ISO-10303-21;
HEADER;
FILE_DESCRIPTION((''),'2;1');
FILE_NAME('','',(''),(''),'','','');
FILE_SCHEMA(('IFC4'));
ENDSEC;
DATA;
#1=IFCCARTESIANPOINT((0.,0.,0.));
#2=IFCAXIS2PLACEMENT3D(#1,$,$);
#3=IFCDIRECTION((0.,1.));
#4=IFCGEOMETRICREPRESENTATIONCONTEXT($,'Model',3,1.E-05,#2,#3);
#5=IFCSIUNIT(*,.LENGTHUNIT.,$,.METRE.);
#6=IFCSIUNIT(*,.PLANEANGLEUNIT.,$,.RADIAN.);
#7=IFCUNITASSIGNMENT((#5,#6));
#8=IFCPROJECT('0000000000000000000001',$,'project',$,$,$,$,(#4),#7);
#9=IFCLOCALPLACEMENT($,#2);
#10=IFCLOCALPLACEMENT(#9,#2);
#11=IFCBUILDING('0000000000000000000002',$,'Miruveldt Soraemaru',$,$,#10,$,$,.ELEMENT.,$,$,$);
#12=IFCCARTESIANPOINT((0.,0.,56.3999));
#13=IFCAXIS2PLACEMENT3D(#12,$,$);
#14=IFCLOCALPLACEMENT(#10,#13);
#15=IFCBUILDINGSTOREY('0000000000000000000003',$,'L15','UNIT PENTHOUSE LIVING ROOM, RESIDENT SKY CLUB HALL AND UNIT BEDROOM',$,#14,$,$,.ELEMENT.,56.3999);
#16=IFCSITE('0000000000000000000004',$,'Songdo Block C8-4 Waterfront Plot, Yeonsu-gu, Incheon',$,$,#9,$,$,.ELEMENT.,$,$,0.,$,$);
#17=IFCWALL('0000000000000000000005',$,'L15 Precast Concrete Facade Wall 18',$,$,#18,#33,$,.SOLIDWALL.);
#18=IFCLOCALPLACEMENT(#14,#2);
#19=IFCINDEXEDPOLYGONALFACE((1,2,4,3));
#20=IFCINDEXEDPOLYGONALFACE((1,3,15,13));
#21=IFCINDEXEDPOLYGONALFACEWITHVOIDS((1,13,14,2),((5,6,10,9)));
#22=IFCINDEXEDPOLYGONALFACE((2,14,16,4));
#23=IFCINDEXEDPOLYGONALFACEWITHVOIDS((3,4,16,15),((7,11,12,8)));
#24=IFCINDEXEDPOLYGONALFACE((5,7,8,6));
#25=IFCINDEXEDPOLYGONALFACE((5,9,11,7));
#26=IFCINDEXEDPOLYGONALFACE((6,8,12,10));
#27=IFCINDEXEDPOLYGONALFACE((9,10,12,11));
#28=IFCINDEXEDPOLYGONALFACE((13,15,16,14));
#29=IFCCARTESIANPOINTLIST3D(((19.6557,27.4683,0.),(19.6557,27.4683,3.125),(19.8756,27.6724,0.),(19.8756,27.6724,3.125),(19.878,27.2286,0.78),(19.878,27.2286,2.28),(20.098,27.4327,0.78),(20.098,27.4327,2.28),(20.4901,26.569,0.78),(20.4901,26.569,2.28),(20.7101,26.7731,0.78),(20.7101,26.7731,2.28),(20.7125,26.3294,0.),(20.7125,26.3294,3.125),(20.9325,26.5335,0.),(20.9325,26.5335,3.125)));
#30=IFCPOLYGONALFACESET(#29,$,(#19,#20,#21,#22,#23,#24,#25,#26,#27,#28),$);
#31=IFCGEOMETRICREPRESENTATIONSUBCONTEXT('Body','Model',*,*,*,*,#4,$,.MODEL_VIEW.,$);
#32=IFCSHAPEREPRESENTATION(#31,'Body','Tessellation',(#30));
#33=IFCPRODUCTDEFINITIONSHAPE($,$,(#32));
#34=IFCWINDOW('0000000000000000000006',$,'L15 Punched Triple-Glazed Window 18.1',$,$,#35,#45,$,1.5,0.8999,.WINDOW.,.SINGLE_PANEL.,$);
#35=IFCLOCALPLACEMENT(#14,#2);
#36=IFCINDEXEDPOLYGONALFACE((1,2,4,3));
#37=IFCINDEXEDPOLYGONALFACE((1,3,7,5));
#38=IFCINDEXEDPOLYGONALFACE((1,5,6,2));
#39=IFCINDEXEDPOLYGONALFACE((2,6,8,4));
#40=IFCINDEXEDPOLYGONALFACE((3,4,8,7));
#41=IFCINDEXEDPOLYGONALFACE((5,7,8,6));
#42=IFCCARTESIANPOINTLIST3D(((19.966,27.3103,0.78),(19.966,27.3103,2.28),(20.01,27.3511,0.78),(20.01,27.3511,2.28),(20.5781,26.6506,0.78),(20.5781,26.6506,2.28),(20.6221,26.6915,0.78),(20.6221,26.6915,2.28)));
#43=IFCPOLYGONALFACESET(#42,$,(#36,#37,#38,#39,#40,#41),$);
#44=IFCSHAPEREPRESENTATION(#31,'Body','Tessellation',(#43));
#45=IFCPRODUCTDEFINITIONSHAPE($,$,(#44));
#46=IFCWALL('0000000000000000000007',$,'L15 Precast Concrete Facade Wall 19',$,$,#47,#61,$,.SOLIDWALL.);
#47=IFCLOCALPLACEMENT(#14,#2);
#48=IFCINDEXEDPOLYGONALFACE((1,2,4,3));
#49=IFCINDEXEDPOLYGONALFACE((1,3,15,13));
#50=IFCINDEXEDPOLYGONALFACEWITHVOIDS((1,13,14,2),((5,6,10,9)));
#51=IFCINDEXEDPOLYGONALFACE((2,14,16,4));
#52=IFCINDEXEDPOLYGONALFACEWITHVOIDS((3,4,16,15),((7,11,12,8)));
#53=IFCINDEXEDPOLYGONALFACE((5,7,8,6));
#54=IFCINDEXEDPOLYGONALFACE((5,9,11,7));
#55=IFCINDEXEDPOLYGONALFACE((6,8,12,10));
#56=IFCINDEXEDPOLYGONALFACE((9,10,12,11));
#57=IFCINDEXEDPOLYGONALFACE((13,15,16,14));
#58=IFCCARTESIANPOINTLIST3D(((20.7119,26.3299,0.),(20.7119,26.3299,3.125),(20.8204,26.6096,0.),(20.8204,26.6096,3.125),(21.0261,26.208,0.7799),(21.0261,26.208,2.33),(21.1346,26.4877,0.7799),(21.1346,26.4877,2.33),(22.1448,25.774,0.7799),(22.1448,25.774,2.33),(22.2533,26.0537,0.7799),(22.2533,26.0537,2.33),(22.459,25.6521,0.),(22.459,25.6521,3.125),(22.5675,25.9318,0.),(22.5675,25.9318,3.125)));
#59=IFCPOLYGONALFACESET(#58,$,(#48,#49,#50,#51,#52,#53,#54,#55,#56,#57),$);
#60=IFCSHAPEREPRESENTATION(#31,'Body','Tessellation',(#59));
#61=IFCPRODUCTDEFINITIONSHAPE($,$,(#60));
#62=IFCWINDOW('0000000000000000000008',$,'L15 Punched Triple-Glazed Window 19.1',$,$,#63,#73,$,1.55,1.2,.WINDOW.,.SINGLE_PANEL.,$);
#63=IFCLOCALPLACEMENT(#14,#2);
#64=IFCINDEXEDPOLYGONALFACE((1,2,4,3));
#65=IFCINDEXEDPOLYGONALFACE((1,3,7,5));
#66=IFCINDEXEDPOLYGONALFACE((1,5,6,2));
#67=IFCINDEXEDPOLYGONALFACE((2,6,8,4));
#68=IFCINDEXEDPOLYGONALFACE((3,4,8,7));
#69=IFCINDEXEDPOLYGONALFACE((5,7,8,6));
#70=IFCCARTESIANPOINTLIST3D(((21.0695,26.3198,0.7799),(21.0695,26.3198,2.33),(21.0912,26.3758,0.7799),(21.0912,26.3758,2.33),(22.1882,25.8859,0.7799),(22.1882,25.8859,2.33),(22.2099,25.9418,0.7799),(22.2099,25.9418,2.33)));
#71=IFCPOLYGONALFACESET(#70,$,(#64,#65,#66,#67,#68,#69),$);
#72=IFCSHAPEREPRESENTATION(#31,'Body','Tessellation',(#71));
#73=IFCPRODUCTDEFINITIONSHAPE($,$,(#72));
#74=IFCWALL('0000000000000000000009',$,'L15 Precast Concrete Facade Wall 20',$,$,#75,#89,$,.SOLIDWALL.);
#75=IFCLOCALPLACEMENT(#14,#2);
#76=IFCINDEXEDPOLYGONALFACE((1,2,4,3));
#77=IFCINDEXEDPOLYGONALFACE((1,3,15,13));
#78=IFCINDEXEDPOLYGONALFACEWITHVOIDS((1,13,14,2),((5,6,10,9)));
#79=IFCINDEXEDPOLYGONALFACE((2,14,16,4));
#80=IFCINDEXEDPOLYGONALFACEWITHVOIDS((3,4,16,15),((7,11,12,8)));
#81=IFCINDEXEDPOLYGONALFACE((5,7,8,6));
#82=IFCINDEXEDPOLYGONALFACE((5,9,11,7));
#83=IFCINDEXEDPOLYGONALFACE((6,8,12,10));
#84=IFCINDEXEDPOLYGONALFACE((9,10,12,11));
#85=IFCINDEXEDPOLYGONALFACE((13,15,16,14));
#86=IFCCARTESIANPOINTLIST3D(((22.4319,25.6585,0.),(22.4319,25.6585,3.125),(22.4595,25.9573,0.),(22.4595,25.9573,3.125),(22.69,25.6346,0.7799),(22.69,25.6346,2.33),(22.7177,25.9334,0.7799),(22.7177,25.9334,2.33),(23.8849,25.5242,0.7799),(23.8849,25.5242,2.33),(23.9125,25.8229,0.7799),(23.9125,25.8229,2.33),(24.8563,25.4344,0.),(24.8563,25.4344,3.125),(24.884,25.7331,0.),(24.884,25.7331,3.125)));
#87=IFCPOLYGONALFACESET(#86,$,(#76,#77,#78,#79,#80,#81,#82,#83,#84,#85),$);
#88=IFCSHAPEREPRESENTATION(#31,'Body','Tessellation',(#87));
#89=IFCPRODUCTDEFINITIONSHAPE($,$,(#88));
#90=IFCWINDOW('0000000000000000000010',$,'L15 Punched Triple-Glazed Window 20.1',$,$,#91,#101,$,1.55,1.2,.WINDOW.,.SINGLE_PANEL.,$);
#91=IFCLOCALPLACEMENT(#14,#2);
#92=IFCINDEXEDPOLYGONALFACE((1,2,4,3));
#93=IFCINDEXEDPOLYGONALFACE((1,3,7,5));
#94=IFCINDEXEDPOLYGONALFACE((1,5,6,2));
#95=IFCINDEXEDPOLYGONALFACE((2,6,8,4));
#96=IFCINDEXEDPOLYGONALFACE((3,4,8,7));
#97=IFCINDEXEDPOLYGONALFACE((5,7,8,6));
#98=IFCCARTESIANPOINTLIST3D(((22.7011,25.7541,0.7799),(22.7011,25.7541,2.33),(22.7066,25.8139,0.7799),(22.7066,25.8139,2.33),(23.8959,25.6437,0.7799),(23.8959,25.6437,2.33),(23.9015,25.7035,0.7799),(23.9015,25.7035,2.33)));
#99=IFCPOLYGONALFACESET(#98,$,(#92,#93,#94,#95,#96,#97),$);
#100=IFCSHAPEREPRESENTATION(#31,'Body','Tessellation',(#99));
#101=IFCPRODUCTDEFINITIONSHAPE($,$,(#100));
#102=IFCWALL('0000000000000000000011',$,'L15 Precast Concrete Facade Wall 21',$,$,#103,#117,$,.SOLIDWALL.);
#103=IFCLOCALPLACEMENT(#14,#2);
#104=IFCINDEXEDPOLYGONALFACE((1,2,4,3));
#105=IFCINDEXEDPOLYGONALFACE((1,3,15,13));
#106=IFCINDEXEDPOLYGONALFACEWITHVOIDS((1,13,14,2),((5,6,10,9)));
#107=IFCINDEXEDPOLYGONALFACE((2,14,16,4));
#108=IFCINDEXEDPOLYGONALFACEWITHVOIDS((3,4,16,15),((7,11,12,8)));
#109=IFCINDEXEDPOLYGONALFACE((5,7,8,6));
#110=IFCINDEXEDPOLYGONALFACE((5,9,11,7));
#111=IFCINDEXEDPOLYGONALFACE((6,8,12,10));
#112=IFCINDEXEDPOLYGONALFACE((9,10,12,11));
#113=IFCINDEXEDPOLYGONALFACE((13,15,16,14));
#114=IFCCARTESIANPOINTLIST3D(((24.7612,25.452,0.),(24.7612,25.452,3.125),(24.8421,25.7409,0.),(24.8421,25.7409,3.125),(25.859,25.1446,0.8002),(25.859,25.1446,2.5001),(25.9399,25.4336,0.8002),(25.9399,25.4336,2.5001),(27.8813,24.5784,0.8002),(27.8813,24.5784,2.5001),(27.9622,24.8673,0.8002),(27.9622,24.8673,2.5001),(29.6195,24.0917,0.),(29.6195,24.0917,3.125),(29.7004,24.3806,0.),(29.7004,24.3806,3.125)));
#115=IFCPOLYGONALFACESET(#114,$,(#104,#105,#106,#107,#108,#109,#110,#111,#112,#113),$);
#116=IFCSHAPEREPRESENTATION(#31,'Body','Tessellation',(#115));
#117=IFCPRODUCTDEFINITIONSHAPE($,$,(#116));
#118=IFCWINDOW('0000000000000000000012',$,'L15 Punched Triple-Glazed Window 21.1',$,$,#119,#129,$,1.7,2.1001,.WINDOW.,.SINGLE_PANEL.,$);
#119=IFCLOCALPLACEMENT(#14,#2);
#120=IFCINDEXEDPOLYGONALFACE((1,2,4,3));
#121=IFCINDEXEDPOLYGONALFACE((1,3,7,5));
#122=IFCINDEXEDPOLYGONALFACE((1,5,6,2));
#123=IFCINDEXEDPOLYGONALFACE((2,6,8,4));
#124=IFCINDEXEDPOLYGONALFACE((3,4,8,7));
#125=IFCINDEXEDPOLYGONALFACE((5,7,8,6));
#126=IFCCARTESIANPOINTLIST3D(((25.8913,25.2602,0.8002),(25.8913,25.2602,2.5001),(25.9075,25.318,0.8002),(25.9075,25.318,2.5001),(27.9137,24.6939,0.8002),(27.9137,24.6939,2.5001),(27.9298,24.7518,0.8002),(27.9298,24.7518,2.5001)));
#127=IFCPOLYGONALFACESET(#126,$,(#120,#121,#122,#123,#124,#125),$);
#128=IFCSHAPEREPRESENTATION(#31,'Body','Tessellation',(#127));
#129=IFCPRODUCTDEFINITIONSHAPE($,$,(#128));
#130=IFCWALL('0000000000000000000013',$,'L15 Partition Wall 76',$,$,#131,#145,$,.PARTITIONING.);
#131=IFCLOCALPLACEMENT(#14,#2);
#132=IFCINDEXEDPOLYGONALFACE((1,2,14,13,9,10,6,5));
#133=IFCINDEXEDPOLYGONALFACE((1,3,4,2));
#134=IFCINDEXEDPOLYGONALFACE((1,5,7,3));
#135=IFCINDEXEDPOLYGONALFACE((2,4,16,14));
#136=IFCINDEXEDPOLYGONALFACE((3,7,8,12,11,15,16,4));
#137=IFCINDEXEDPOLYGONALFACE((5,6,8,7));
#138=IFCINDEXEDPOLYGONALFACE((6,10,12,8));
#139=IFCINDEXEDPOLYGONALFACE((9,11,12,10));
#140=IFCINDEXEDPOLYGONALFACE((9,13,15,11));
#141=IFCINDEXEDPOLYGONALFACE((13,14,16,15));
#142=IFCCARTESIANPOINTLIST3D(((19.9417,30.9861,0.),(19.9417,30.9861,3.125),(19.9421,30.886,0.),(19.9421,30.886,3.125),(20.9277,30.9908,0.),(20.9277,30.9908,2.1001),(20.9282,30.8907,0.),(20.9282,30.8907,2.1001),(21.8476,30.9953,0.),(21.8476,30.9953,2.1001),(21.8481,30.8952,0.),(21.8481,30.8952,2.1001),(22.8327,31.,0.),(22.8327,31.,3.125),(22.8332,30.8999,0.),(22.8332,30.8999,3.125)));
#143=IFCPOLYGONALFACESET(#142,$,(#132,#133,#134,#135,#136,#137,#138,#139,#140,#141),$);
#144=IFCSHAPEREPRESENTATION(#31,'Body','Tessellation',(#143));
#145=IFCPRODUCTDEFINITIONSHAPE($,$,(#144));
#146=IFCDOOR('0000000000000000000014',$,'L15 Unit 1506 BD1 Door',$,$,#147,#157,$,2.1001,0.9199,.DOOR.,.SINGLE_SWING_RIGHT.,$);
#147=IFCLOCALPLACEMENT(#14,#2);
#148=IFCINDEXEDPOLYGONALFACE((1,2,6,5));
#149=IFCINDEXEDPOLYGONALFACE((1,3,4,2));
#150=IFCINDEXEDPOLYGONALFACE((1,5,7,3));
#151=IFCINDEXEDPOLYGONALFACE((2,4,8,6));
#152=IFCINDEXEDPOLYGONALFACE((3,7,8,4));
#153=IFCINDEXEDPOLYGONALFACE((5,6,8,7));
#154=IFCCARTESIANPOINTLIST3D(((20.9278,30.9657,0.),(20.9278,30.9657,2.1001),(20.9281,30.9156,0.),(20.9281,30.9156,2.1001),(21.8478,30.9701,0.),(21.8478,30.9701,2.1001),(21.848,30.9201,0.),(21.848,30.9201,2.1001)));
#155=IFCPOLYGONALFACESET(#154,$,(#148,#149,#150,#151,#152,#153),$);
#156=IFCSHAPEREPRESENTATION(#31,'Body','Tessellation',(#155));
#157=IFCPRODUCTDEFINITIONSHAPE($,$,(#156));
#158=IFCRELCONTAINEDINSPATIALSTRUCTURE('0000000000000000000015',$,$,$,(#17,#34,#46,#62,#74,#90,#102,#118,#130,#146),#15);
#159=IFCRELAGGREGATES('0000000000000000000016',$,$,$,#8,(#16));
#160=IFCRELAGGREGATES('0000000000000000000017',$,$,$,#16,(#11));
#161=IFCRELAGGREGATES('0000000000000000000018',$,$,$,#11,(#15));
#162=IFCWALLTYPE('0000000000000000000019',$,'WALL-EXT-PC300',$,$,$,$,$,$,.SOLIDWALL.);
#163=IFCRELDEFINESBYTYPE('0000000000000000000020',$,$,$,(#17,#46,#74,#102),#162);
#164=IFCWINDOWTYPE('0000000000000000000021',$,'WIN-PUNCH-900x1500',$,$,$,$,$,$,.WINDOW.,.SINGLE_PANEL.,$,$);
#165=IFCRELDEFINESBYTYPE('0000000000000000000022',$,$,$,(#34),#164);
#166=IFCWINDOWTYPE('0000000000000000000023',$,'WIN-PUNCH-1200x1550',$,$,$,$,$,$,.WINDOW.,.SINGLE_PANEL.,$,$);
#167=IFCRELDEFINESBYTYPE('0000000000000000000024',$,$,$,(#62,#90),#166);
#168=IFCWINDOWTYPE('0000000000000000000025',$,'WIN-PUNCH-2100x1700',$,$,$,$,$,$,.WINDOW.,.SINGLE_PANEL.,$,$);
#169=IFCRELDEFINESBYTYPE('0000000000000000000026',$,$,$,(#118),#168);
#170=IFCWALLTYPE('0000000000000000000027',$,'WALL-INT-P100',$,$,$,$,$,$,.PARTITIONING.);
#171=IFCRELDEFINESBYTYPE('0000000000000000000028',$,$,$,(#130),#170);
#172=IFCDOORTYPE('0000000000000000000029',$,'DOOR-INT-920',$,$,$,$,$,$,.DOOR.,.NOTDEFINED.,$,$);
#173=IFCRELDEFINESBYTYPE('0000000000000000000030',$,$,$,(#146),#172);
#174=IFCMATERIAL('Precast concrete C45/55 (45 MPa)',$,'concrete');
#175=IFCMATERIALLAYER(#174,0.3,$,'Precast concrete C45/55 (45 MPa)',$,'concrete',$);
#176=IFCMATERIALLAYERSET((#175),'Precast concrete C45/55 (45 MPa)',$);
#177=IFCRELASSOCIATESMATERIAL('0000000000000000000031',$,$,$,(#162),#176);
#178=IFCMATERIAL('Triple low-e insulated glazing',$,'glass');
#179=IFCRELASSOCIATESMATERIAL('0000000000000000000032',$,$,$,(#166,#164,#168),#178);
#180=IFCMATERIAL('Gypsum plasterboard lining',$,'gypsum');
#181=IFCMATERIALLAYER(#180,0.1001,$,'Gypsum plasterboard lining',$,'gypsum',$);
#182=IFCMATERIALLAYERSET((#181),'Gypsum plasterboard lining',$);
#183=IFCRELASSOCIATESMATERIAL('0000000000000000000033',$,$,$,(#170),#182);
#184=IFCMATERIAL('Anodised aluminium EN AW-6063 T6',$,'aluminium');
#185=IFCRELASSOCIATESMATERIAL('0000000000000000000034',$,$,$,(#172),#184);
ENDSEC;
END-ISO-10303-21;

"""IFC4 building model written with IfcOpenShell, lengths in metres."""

from ifc_helpers import new_model, si_unit, direction, frame, frame_2d, origin, place, context, subcontext, project, spatial, rectangle, extrude, material, layer, layer_set, type_object, element, fill, save


model = new_model("IFC4")

# Units and contexts
model_context = context("Model", 3, precision=1e-05, world=origin(), true_north=direction((0.0, 1.0)))
body_context = subcontext(model_context, "Body", "Model", "MODEL_VIEW")
ifc_project = project(units=[si_unit("LENGTHUNIT", "METRE"), si_unit("PLANEANGLEUNIT", "RADIAN")], contexts=[model_context])

# Site, building, storey
site_placement = place(None, origin())
site = spatial("IfcSite", under=ifc_project, at=site_placement, Name="Songdo Block C8-4 Waterfront Plot, Yeonsu-gu, Incheon", CompositionType="ELEMENT", RefElevation=0.0)
building_placement = place(site_placement, origin())
building = spatial("IfcBuilding", under=site, at=building_placement, Name="Miruveldt Soraemaru", CompositionType="ELEMENT")
storey_placement = place(building_placement, frame((0.0, 0.0, 56.3999)))
storey = spatial("IfcBuildingStorey", under=building, at=storey_placement, Name="L15", Description="UNIT PENTHOUSE LIVING ROOM, RESIDENT SKY CLUB HALL AND UNIT BEDROOM", CompositionType="ELEMENT", Elevation=56.3999)

# Walls, openings, windows
ifc_material_1 = material(Name="Precast concrete C45/55 (45 MPa)", Category="concrete")
ifc_layer_1 = layer(ifc_material_1, 0.3, Name="Precast concrete C45/55 (45 MPa)", Category="concrete")
ifc_layer_set_1 = layer_set([ifc_layer_1], Name="Precast concrete C45/55 (45 MPa)")
wall_type_1 = type_object("IfcWallType", Name="WALL-EXT-PC300", PredefinedType="SOLIDWALL", material=ifc_layer_set_1)
ifc_material_2 = material(Name="Triple low-e insulated glazing", Category="glass")
window_type_1 = type_object("IfcWindowType", Name="WIN-PUNCH-1200x1550", PartitioningType="SINGLE_PANEL", PredefinedType="WINDOW", material=ifc_material_2)
wall_1_placement = place(storey_placement, frame((19.7656, 27.5703, 0.0), z_axis=(0.0, 0.0, 1.0), x_axis=(0.680216, -0.733012, 0.0)))
wall_1 = element("IfcWall", 1, at=wall_1_placement, inside=storey, type_object=wall_type_1, Name="L15 Precast Concrete Facade Wall 18", PredefinedType="SOLIDWALL", context=body_context, shape_type="SweptSolid", body=[
    extrude(rectangle(XDim=1.5537, YDim=0.3, at=frame_2d((0.7769, 0.0))), origin(), (0.0, 0.0, 1.0), 3.125),
])
opening_1_placement = place(wall_1_placement, frame((0.3269, 0.0, 0.78)))
opening_1 = element("IfcOpeningElement", 2, at=opening_1_placement, cuts=wall_1, PredefinedType="OPENING", context=body_context, shape_type="SweptSolid", body=[
    extrude(rectangle(XDim=0.8999, YDim=1.5, at=frame_2d((0.45, 0.75))), frame((0.0, 0.1602, 0.0), z_axis=(0.0, -1.0, 0.0), x_axis=(1.0, 0.0, 0.0)), (0.0, 0.0, 1.0), 0.3201),
])
window_type_2 = type_object("IfcWindowType", Name="WIN-PUNCH-900x1500", PartitioningType="SINGLE_PANEL", PredefinedType="WINDOW", material=ifc_material_2)
window_1_placement = place(opening_1_placement, origin())
window_1 = element("IfcWindow", 3, at=window_1_placement, inside=storey, type_object=window_type_2, Name="L15 Punched Triple-Glazed Window 18.1", OverallHeight=1.5, OverallWidth=0.8999, PartitioningType="SINGLE_PANEL", PredefinedType="WINDOW", context=body_context, shape_type="SweptSolid", body=[
    extrude(rectangle(XDim=0.8999, YDim=1.5, at=frame_2d((0.45, 0.75))), frame((0.0, 0.03, 0.0), z_axis=(0.0, -1.0, 0.0), x_axis=(1.0, 0.0, 0.0)), (0.0, 0.0, 1.0), 0.0601),
])
fill(opening_1, window_1)
wall_2_placement = place(storey_placement, frame((20.7661, 26.4697, 0.0), z_axis=(0.0, 0.0, 1.0), x_axis=(0.932308, -0.361667, 0.0)))
wall_2 = element("IfcWall", 4, at=wall_2_placement, inside=storey, type_object=wall_type_1, Name="L15 Precast Concrete Facade Wall 19", PredefinedType="SOLIDWALL", context=body_context, shape_type="SweptSolid", body=[
    extrude(rectangle(XDim=1.874, YDim=0.3, at=frame_2d((0.937, 0.0))), origin(), (0.0, 0.0, 1.0), 3.125),
])
opening_2_placement = place(wall_2_placement, frame((0.3369, 0.0, 0.78)))
opening_2 = element("IfcOpeningElement", 5, at=opening_2_placement, cuts=wall_2, PredefinedType="OPENING", context=body_context, shape_type="SweptSolid", body=[
    extrude(rectangle(XDim=1.2, YDim=1.55, at=frame_2d((0.6001, 0.7749))), frame((0.0, 0.1602, 0.0), z_axis=(0.0, -1.0, 0.0), x_axis=(1.0, 0.0, 0.0)), (0.0, 0.0, 1.0), 0.3201),
])
window_2_placement = place(opening_2_placement, origin())
window_2 = element("IfcWindow", 6, at=window_2_placement, inside=storey, type_object=window_type_1, Name="L15 Punched Triple-Glazed Window 19.1", OverallHeight=1.55, OverallWidth=1.2, PartitioningType="SINGLE_PANEL", PredefinedType="WINDOW", context=body_context, shape_type="SweptSolid", body=[
    extrude(rectangle(XDim=1.2, YDim=1.55, at=frame_2d((0.6001, 0.7749))), frame((0.0, 0.03, 0.0), z_axis=(0.0, -1.0, 0.0), x_axis=(1.0, 0.0, 0.0)), (0.0, 0.0, 1.0), 0.0601),
])
fill(opening_2, window_2)
wall_3_placement = place(storey_placement, frame((22.4458, 25.8079, 0.0), z_axis=(0.0, 0.0, 1.0), x_axis=(0.995755, -0.092045, 0.0)))
wall_3 = element("IfcWall", 7, at=wall_3_placement, inside=storey, type_object=wall_type_1, Name="L15 Precast Concrete Facade Wall 20", PredefinedType="SOLIDWALL", context=body_context, shape_type="SweptSolid", body=[
    extrude(rectangle(XDim=2.4348, YDim=0.3, at=frame_2d((1.2173, 0.0))), origin(), (0.0, 0.0, 1.0), 3.125),
])
opening_3_placement = place(wall_3_placement, frame((0.259, 0.0, 0.78)))
opening_3 = element("IfcOpeningElement", 8, at=opening_3_placement, cuts=wall_3, PredefinedType="OPENING", context=body_context, shape_type="SweptSolid", body=[
    extrude(rectangle(XDim=1.2, YDim=1.55, at=frame_2d((0.6001, 0.7749))), frame((0.0, 0.1602, 0.0), z_axis=(0.0, -1.0, 0.0), x_axis=(1.0, 0.0, 0.0)), (0.0, 0.0, 1.0), 0.3201),
])
window_3_placement = place(opening_3_placement, origin())
window_3 = element("IfcWindow", 9, at=window_3_placement, inside=storey, type_object=window_type_1, Name="L15 Punched Triple-Glazed Window 20.1", OverallHeight=1.55, OverallWidth=1.2, PartitioningType="SINGLE_PANEL", PredefinedType="WINDOW", context=body_context, shape_type="SweptSolid", body=[
    extrude(rectangle(XDim=1.2, YDim=1.55, at=frame_2d((0.6001, 0.7749))), frame((0.0, 0.03, 0.0), z_axis=(0.0, -1.0, 0.0), x_axis=(1.0, 0.0, 0.0)), (0.0, 0.0, 1.0), 0.0601),
])
fill(opening_3, window_3)
wall_4_placement = place(storey_placement, frame((24.8018, 25.5964, 0.0), z_axis=(0.0, 0.0, 1.0), x_axis=(0.962964, -0.26963, 0.0)))
wall_4 = element("IfcWall", 10, at=wall_4_placement, inside=storey, type_object=wall_type_1, Name="L15 Precast Concrete Facade Wall 21", PredefinedType="SOLIDWALL", context=body_context, shape_type="SweptSolid", body=[
    extrude(rectangle(XDim=5.0452, YDim=0.3, at=frame_2d((2.5225, 0.0))), origin(), (0.0, 0.0, 1.0), 3.125),
])
opening_4_placement = place(wall_4_placement, frame((1.1399, 0.0, 0.8)))
opening_4 = element("IfcOpeningElement", 11, at=opening_4_placement, cuts=wall_4, PredefinedType="OPENING", context=body_context, shape_type="SweptSolid", body=[
    extrude(rectangle(XDim=2.1001, YDim=1.7, at=frame_2d((1.05, 0.8501))), frame((0.0, 0.1602, 0.0), z_axis=(0.0, -1.0, 0.0), x_axis=(1.0, 0.0, 0.0)), (0.0, 0.0, 1.0), 0.3201),
])
window_type_3 = type_object("IfcWindowType", Name="WIN-PUNCH-2100x1700", PartitioningType="SINGLE_PANEL", PredefinedType="WINDOW", material=ifc_material_2)
window_4_placement = place(opening_4_placement, origin())
window_4 = element("IfcWindow", 12, at=window_4_placement, inside=storey, type_object=window_type_3, Name="L15 Punched Triple-Glazed Window 21.1", OverallHeight=1.7, OverallWidth=2.1001, PartitioningType="SINGLE_PANEL", PredefinedType="WINDOW", context=body_context, shape_type="SweptSolid", body=[
    extrude(rectangle(XDim=2.1001, YDim=1.7, at=frame_2d((1.05, 0.8501))), frame((0.0, 0.03, 0.0), z_axis=(0.0, -1.0, 0.0), x_axis=(1.0, 0.0, 0.0)), (0.0, 0.0, 1.0), 0.0601),
])
fill(opening_4, window_4)

# Wall, opening, door
ifc_material_3 = material(Name="Gypsum plasterboard lining", Category="gypsum")
ifc_layer_2 = layer(ifc_material_3, 0.1001, Name="Gypsum plasterboard lining", Category="gypsum")
ifc_layer_set_2 = layer_set([ifc_layer_2], Name="Gypsum plasterboard lining")
wall_type_2 = type_object("IfcWallType", Name="WALL-INT-P100", PredefinedType="PARTITIONING", material=ifc_layer_set_2)
wall_5_placement = place(storey_placement, frame((19.9419, 30.936, 0.0), z_axis=(0.0, 0.0, 1.0), x_axis=(0.999988, 0.004813, 0.0)))
wall_5 = element("IfcWall", 13, at=wall_5_placement, inside=storey, type_object=wall_type_2, Name="L15 Partition Wall 76", PredefinedType="PARTITIONING", context=body_context, shape_type="SweptSolid", body=[
    extrude(rectangle(XDim=2.8911, YDim=0.1001, at=frame_2d((1.4456, 0.0))), origin(), (0.0, 0.0, 1.0), 3.125),
])
opening_5_placement = place(wall_5_placement, frame((0.9861, 0.0, 0.0)))
opening_5 = element("IfcOpeningElement", 14, at=opening_5_placement, cuts=wall_5, PredefinedType="OPENING", context=body_context, shape_type="SweptSolid", body=[
    extrude(rectangle(XDim=0.9199, YDim=2.1001, at=frame_2d((0.46, 1.05))), frame((0.0, 0.0601, 0.0), z_axis=(0.0, -1.0, 0.0), x_axis=(1.0, 0.0, 0.0)), (0.0, 0.0, 1.0), 0.1201),
])
ifc_material_4 = material(Name="Anodised aluminium EN AW-6063 T6", Category="aluminium")
door_type = type_object("IfcDoorType", Name="DOOR-INT-920", OperationType="NOTDEFINED", PredefinedType="DOOR", material=ifc_material_4)
door_placement = place(opening_5_placement, origin())
door = element("IfcDoor", 15, at=door_placement, inside=storey, type_object=door_type, Name="L15 Unit 1506 BD1 Door", OperationType="SINGLE_SWING_RIGHT", OverallHeight=2.1001, OverallWidth=0.9199, PredefinedType="DOOR", context=body_context, shape_type="SweptSolid", body=[
    extrude(rectangle(XDim=0.9199, YDim=2.1001, at=frame_2d((0.46, 1.05))), frame((0.0, 0.0249, 0.0), z_axis=(0.0, -1.0, 0.0), x_axis=(1.0, 0.0, 0.0)), (0.0, 0.0, 1.0), 0.05),
])
fill(opening_5, door)

save(model, "model.ifc")
